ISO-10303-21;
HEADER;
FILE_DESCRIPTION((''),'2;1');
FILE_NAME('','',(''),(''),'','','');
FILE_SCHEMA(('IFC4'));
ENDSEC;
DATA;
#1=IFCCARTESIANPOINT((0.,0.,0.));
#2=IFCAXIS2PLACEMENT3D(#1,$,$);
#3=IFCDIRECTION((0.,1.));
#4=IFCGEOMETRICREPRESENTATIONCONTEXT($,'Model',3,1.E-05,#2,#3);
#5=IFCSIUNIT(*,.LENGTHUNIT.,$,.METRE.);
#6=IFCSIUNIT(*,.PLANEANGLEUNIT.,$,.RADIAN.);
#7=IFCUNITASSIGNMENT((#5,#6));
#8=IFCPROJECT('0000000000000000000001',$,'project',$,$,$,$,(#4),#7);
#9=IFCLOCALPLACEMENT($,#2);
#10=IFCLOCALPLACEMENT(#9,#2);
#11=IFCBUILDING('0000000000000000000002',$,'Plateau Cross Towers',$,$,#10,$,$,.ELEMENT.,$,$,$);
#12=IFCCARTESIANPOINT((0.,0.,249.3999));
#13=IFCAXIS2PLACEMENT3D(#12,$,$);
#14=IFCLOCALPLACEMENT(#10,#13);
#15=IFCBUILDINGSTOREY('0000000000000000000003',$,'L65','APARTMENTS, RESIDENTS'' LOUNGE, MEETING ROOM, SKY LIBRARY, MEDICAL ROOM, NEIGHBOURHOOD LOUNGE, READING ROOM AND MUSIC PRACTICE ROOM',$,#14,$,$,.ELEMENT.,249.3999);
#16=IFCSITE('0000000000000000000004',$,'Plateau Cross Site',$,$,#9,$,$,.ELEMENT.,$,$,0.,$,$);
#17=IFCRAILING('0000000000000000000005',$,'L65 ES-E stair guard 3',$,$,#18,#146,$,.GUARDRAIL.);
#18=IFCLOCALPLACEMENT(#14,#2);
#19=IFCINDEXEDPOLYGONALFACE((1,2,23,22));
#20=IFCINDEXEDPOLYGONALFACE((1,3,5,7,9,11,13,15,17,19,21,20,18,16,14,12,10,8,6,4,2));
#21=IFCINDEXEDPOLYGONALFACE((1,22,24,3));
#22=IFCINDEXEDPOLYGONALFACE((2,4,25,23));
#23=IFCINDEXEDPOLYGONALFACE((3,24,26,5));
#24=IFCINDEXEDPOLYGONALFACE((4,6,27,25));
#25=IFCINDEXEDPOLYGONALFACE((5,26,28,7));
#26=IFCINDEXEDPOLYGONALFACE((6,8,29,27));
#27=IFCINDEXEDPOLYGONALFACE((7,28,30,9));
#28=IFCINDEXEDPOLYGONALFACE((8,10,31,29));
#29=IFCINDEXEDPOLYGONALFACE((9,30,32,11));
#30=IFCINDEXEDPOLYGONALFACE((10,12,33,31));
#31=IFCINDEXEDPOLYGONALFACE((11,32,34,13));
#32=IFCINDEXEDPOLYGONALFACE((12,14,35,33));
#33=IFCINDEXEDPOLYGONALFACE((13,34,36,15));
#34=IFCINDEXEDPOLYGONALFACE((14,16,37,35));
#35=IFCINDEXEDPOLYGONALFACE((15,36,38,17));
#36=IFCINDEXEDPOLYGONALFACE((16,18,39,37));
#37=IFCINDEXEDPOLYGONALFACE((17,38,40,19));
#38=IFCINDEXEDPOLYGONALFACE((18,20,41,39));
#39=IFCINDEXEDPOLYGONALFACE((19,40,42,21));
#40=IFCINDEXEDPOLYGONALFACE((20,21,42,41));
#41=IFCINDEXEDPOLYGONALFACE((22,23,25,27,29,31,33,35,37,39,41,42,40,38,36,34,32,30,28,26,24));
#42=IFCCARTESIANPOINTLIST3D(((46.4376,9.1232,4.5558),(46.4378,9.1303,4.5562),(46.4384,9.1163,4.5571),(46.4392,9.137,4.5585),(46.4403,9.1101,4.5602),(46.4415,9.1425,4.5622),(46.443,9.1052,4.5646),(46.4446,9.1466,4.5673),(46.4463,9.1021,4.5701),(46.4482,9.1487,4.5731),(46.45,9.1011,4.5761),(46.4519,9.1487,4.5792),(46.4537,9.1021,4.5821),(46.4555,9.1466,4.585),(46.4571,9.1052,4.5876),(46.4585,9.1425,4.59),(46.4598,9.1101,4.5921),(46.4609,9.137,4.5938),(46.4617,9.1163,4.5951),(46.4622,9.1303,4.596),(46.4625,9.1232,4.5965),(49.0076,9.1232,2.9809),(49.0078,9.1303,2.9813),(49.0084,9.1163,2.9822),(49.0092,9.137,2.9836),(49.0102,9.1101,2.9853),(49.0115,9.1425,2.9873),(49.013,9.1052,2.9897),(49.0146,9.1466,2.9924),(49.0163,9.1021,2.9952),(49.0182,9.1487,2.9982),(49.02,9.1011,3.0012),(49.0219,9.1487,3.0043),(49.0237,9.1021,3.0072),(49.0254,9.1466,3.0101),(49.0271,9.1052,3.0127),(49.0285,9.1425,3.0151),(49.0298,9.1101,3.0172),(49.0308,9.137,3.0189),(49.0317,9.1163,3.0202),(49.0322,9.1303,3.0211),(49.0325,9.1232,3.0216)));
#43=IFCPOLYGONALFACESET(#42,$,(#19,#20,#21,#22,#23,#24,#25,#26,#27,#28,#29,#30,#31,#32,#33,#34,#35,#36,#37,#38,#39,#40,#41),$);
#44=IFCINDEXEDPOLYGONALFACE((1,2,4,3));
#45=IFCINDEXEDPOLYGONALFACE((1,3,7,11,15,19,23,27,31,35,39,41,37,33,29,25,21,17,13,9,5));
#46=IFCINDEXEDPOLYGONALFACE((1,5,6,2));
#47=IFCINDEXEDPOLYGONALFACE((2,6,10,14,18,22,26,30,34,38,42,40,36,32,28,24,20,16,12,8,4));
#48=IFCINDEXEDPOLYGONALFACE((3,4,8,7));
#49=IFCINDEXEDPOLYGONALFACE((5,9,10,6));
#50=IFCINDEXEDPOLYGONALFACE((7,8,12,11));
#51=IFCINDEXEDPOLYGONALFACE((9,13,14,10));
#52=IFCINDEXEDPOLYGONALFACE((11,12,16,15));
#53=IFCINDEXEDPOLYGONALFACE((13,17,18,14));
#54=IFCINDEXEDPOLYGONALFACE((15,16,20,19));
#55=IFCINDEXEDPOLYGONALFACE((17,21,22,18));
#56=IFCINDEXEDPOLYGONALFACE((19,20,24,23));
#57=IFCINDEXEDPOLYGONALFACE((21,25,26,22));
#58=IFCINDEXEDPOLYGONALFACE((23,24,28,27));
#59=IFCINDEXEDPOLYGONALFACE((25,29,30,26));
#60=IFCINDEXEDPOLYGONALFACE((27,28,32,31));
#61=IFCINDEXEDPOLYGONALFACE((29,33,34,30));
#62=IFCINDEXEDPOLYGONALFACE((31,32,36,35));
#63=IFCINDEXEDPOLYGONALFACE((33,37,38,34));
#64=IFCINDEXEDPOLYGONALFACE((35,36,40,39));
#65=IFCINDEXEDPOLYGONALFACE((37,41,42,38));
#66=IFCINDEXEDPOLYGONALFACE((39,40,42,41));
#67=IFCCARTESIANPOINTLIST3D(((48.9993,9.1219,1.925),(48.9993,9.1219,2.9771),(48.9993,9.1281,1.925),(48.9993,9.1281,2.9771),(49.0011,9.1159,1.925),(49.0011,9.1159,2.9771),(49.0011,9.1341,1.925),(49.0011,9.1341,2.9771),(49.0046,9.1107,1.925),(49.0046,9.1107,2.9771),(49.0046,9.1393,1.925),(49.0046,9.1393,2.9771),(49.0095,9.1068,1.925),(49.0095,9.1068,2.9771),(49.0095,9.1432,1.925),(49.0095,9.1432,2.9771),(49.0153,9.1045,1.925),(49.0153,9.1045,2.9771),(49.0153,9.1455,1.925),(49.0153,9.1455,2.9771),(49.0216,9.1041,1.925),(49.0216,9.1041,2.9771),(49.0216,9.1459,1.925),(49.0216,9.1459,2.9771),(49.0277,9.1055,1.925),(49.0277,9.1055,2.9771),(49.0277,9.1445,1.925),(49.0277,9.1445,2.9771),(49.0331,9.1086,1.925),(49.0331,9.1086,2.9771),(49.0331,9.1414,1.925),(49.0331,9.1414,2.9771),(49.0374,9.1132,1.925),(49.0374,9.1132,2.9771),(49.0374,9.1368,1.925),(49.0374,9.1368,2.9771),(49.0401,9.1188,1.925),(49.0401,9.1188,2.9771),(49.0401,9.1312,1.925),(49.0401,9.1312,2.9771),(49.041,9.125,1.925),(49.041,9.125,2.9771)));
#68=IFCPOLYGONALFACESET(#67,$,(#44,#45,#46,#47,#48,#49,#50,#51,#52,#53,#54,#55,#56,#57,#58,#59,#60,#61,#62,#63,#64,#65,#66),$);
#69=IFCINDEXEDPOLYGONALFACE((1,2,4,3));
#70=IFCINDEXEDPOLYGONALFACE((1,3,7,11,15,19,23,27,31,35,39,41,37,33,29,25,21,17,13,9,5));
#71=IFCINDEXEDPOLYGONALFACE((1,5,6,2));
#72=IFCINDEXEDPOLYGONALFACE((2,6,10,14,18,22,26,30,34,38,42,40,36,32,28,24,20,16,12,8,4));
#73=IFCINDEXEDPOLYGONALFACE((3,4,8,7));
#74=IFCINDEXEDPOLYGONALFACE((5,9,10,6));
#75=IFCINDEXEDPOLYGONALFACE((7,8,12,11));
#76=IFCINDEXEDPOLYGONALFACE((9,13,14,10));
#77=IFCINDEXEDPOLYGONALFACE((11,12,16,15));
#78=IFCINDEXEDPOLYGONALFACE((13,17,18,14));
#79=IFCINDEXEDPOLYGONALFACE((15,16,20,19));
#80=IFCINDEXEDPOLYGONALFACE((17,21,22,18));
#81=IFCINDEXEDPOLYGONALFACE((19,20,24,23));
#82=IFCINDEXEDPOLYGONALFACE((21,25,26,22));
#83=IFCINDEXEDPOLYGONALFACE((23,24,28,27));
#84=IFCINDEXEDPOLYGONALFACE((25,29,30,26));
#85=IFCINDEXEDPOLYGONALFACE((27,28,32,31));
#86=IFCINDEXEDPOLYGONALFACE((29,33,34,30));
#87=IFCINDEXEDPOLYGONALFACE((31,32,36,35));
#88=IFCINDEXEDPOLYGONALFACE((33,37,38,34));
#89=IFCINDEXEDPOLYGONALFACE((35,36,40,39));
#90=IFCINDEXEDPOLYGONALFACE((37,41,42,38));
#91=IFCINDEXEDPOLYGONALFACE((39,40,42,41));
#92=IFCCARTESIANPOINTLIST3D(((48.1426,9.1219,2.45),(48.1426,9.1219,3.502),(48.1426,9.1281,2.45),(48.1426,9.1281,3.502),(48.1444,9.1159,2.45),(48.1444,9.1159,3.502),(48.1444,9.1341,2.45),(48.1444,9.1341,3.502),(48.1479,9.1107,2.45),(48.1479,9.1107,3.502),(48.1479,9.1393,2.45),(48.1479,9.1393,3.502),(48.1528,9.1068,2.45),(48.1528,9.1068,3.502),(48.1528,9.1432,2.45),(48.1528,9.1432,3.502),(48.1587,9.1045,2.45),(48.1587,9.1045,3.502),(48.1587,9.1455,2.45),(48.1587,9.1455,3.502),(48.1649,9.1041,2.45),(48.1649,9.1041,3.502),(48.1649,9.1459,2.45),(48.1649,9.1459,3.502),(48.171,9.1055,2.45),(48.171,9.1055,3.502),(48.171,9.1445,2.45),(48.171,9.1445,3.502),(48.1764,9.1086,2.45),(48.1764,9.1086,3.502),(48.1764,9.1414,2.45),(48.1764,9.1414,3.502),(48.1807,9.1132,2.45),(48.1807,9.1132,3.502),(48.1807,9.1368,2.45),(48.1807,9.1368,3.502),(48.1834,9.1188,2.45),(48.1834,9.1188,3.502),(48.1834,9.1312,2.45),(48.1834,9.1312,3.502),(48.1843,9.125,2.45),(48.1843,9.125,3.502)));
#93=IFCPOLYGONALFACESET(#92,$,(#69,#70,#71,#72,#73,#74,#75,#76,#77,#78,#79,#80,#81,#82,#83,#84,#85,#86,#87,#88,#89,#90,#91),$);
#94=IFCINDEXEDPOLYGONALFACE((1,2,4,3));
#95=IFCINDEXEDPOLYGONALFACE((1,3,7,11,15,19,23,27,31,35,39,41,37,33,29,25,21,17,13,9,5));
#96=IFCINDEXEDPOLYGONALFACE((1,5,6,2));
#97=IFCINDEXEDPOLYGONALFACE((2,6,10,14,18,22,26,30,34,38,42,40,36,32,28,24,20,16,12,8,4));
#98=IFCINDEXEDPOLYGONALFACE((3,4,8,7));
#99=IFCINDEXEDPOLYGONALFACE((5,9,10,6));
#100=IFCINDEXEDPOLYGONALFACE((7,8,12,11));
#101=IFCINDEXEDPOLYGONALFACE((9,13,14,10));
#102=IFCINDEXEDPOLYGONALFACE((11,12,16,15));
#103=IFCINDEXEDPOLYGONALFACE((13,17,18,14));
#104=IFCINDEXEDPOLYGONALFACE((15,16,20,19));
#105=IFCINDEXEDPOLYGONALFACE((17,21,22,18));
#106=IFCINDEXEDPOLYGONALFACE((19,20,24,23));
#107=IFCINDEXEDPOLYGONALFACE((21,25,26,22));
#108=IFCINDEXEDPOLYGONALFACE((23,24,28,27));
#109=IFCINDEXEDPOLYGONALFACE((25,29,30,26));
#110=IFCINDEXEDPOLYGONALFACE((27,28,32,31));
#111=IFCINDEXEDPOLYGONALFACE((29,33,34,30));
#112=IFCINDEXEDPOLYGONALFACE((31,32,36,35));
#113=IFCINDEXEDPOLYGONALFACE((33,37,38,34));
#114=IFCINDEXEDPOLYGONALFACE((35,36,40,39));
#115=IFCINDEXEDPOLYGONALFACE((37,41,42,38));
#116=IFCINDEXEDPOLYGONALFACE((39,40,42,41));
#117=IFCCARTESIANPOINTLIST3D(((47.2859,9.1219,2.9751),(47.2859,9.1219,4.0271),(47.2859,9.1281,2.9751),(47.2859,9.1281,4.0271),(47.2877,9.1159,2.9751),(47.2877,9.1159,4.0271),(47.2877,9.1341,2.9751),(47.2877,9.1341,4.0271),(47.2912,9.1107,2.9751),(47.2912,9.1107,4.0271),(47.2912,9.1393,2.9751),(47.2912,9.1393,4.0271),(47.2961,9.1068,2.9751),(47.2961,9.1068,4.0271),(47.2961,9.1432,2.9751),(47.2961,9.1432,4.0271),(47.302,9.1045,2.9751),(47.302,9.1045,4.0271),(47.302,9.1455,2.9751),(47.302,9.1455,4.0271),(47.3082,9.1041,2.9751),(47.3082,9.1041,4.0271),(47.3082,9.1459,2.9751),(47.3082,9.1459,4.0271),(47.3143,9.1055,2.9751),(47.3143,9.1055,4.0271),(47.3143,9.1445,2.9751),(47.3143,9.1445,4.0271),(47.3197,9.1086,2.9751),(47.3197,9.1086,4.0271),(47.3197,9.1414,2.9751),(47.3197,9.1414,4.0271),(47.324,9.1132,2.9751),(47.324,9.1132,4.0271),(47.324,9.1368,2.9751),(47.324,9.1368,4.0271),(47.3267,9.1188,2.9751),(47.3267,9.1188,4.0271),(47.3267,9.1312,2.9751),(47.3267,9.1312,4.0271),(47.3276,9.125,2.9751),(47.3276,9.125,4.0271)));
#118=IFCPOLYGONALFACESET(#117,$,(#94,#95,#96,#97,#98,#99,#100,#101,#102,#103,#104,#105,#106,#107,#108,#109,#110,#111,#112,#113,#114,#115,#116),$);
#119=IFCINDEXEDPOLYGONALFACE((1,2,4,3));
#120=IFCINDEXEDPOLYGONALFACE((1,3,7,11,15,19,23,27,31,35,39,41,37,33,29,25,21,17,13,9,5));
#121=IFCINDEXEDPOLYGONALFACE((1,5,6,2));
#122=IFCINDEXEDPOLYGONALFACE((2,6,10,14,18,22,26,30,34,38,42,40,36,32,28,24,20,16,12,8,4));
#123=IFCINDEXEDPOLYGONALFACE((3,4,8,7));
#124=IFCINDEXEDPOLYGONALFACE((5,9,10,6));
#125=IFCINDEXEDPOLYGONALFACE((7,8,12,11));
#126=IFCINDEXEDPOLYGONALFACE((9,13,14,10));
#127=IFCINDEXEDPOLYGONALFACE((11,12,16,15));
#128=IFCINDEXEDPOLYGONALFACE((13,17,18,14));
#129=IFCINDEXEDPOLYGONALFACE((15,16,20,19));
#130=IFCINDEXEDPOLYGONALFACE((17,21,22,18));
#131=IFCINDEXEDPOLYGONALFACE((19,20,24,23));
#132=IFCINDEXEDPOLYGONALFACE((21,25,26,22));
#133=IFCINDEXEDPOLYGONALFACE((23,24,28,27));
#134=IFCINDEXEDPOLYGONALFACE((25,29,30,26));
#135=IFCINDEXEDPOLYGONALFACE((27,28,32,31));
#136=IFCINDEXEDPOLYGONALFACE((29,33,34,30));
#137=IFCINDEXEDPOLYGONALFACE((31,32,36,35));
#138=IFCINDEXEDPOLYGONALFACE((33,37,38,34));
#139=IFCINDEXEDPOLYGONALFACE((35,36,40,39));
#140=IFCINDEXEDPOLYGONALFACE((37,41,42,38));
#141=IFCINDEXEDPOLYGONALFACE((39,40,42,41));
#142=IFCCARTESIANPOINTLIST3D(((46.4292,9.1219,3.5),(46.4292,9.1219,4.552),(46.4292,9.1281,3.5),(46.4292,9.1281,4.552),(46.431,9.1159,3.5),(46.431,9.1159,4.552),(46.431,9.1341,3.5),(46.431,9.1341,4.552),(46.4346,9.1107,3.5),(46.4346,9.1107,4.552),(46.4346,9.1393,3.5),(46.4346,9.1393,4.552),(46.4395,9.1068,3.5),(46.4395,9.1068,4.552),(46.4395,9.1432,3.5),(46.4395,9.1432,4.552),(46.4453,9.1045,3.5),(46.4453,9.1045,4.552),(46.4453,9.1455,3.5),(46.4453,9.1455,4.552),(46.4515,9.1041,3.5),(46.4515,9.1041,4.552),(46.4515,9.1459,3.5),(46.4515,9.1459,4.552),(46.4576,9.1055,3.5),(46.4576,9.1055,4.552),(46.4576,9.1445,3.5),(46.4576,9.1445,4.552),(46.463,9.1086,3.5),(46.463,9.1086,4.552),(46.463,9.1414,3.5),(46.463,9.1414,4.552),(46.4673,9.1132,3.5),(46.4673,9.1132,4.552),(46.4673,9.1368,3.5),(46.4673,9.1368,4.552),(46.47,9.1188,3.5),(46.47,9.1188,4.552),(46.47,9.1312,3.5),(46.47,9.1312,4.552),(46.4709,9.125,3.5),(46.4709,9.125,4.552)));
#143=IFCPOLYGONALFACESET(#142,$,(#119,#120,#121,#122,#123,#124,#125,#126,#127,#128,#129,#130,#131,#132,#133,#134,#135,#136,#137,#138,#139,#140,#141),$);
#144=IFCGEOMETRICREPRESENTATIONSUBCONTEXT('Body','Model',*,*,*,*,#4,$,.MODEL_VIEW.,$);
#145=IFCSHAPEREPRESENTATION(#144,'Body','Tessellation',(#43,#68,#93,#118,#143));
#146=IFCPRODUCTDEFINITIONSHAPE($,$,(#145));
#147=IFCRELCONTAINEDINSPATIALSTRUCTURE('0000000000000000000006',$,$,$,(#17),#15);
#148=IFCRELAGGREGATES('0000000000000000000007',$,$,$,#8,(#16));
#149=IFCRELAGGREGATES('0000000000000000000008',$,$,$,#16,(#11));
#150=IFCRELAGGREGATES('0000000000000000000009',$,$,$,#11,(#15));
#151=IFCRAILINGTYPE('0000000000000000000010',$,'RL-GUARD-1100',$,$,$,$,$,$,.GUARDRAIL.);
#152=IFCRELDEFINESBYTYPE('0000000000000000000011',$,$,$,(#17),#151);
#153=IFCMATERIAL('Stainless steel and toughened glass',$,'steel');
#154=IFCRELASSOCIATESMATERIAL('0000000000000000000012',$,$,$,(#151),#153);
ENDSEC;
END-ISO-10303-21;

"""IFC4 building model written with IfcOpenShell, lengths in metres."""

from ifc_helpers import new_model, si_unit, direction, frame, origin, origin_2d, place, context, subcontext, project, spatial, circle, extrude, material, type_object, element, save


model = new_model("IFC4")

# Units and contexts
model_context = context("Model", 3, precision=1e-05, world=origin(), true_north=direction((0.0, 1.0)))
body_context = subcontext(model_context, "Body", "Model", "MODEL_VIEW")
ifc_project = project(units=[si_unit("LENGTHUNIT", "METRE"), si_unit("PLANEANGLEUNIT", "RADIAN")], contexts=[model_context])

# Site, building, storey
site_placement = place(None, origin())
site = spatial("IfcSite", under=ifc_project, at=site_placement, Name="Plateau Cross Site", CompositionType="ELEMENT", RefElevation=0.0)
building_placement = place(site_placement, origin())
building = spatial("IfcBuilding", under=site, at=building_placement, Name="Plateau Cross Towers", CompositionType="ELEMENT")
storey_placement = place(building_placement, frame((0.0, 0.0, 249.3999)))
storey = spatial("IfcBuildingStorey", under=building, at=storey_placement, Name="L65", Description="APARTMENTS, RESIDENTS' LOUNGE, MEETING ROOM, SKY LIBRARY, MEDICAL ROOM, NEIGHBOURHOOD LOUNGE, READING ROOM AND MUSIC PRACTICE ROOM", CompositionType="ELEMENT", Elevation=249.3999)

# Railing
ifc_material_1 = material(Name="Stainless steel and toughened glass", Category="steel")
railing_type_1 = type_object("IfcRailingType", Name="RL-GUARD-1100", PredefinedType="GUARDRAIL", material=ifc_material_1)
railing_1_placement = place(storey_placement, frame((49.02, 9.125, 1.925)))
element("IfcRailing", 1, at=railing_1_placement, inside=storey, type_object=railing_type_1, Name="L65 ES-E stair guard 3", PredefinedType="GUARDRAIL", context=body_context, shape_type="SweptSolid", body=[
    extrude(circle(Radius=0.0239, at=origin_2d()), frame((0.0, 0.0, 1.0762), z_axis=(-0.852639, 0.0, 0.522501), x_axis=(0.0, -1.0, 0.0)), (0.0, 0.0, 1.0), 3.0142),
    extrude(circle(Radius=0.021, at=origin_2d()), origin(), (0.0, 0.0, 1.0), 1.052),
    extrude(circle(Radius=0.021, at=origin_2d()), frame((-0.8567, 0.0, 0.5249)), (0.0, 0.0, 1.0), 1.052),
    extrude(circle(Radius=0.021, at=origin_2d()), frame((-1.7134, 0.0, 1.05)), (0.0, 0.0, 1.0), 1.052),
    extrude(circle(Radius=0.021, at=origin_2d()), frame((-2.5701, 0.0, 1.575)), (0.0, 0.0, 1.0), 1.052),
])

save(model, "model.ifc")
